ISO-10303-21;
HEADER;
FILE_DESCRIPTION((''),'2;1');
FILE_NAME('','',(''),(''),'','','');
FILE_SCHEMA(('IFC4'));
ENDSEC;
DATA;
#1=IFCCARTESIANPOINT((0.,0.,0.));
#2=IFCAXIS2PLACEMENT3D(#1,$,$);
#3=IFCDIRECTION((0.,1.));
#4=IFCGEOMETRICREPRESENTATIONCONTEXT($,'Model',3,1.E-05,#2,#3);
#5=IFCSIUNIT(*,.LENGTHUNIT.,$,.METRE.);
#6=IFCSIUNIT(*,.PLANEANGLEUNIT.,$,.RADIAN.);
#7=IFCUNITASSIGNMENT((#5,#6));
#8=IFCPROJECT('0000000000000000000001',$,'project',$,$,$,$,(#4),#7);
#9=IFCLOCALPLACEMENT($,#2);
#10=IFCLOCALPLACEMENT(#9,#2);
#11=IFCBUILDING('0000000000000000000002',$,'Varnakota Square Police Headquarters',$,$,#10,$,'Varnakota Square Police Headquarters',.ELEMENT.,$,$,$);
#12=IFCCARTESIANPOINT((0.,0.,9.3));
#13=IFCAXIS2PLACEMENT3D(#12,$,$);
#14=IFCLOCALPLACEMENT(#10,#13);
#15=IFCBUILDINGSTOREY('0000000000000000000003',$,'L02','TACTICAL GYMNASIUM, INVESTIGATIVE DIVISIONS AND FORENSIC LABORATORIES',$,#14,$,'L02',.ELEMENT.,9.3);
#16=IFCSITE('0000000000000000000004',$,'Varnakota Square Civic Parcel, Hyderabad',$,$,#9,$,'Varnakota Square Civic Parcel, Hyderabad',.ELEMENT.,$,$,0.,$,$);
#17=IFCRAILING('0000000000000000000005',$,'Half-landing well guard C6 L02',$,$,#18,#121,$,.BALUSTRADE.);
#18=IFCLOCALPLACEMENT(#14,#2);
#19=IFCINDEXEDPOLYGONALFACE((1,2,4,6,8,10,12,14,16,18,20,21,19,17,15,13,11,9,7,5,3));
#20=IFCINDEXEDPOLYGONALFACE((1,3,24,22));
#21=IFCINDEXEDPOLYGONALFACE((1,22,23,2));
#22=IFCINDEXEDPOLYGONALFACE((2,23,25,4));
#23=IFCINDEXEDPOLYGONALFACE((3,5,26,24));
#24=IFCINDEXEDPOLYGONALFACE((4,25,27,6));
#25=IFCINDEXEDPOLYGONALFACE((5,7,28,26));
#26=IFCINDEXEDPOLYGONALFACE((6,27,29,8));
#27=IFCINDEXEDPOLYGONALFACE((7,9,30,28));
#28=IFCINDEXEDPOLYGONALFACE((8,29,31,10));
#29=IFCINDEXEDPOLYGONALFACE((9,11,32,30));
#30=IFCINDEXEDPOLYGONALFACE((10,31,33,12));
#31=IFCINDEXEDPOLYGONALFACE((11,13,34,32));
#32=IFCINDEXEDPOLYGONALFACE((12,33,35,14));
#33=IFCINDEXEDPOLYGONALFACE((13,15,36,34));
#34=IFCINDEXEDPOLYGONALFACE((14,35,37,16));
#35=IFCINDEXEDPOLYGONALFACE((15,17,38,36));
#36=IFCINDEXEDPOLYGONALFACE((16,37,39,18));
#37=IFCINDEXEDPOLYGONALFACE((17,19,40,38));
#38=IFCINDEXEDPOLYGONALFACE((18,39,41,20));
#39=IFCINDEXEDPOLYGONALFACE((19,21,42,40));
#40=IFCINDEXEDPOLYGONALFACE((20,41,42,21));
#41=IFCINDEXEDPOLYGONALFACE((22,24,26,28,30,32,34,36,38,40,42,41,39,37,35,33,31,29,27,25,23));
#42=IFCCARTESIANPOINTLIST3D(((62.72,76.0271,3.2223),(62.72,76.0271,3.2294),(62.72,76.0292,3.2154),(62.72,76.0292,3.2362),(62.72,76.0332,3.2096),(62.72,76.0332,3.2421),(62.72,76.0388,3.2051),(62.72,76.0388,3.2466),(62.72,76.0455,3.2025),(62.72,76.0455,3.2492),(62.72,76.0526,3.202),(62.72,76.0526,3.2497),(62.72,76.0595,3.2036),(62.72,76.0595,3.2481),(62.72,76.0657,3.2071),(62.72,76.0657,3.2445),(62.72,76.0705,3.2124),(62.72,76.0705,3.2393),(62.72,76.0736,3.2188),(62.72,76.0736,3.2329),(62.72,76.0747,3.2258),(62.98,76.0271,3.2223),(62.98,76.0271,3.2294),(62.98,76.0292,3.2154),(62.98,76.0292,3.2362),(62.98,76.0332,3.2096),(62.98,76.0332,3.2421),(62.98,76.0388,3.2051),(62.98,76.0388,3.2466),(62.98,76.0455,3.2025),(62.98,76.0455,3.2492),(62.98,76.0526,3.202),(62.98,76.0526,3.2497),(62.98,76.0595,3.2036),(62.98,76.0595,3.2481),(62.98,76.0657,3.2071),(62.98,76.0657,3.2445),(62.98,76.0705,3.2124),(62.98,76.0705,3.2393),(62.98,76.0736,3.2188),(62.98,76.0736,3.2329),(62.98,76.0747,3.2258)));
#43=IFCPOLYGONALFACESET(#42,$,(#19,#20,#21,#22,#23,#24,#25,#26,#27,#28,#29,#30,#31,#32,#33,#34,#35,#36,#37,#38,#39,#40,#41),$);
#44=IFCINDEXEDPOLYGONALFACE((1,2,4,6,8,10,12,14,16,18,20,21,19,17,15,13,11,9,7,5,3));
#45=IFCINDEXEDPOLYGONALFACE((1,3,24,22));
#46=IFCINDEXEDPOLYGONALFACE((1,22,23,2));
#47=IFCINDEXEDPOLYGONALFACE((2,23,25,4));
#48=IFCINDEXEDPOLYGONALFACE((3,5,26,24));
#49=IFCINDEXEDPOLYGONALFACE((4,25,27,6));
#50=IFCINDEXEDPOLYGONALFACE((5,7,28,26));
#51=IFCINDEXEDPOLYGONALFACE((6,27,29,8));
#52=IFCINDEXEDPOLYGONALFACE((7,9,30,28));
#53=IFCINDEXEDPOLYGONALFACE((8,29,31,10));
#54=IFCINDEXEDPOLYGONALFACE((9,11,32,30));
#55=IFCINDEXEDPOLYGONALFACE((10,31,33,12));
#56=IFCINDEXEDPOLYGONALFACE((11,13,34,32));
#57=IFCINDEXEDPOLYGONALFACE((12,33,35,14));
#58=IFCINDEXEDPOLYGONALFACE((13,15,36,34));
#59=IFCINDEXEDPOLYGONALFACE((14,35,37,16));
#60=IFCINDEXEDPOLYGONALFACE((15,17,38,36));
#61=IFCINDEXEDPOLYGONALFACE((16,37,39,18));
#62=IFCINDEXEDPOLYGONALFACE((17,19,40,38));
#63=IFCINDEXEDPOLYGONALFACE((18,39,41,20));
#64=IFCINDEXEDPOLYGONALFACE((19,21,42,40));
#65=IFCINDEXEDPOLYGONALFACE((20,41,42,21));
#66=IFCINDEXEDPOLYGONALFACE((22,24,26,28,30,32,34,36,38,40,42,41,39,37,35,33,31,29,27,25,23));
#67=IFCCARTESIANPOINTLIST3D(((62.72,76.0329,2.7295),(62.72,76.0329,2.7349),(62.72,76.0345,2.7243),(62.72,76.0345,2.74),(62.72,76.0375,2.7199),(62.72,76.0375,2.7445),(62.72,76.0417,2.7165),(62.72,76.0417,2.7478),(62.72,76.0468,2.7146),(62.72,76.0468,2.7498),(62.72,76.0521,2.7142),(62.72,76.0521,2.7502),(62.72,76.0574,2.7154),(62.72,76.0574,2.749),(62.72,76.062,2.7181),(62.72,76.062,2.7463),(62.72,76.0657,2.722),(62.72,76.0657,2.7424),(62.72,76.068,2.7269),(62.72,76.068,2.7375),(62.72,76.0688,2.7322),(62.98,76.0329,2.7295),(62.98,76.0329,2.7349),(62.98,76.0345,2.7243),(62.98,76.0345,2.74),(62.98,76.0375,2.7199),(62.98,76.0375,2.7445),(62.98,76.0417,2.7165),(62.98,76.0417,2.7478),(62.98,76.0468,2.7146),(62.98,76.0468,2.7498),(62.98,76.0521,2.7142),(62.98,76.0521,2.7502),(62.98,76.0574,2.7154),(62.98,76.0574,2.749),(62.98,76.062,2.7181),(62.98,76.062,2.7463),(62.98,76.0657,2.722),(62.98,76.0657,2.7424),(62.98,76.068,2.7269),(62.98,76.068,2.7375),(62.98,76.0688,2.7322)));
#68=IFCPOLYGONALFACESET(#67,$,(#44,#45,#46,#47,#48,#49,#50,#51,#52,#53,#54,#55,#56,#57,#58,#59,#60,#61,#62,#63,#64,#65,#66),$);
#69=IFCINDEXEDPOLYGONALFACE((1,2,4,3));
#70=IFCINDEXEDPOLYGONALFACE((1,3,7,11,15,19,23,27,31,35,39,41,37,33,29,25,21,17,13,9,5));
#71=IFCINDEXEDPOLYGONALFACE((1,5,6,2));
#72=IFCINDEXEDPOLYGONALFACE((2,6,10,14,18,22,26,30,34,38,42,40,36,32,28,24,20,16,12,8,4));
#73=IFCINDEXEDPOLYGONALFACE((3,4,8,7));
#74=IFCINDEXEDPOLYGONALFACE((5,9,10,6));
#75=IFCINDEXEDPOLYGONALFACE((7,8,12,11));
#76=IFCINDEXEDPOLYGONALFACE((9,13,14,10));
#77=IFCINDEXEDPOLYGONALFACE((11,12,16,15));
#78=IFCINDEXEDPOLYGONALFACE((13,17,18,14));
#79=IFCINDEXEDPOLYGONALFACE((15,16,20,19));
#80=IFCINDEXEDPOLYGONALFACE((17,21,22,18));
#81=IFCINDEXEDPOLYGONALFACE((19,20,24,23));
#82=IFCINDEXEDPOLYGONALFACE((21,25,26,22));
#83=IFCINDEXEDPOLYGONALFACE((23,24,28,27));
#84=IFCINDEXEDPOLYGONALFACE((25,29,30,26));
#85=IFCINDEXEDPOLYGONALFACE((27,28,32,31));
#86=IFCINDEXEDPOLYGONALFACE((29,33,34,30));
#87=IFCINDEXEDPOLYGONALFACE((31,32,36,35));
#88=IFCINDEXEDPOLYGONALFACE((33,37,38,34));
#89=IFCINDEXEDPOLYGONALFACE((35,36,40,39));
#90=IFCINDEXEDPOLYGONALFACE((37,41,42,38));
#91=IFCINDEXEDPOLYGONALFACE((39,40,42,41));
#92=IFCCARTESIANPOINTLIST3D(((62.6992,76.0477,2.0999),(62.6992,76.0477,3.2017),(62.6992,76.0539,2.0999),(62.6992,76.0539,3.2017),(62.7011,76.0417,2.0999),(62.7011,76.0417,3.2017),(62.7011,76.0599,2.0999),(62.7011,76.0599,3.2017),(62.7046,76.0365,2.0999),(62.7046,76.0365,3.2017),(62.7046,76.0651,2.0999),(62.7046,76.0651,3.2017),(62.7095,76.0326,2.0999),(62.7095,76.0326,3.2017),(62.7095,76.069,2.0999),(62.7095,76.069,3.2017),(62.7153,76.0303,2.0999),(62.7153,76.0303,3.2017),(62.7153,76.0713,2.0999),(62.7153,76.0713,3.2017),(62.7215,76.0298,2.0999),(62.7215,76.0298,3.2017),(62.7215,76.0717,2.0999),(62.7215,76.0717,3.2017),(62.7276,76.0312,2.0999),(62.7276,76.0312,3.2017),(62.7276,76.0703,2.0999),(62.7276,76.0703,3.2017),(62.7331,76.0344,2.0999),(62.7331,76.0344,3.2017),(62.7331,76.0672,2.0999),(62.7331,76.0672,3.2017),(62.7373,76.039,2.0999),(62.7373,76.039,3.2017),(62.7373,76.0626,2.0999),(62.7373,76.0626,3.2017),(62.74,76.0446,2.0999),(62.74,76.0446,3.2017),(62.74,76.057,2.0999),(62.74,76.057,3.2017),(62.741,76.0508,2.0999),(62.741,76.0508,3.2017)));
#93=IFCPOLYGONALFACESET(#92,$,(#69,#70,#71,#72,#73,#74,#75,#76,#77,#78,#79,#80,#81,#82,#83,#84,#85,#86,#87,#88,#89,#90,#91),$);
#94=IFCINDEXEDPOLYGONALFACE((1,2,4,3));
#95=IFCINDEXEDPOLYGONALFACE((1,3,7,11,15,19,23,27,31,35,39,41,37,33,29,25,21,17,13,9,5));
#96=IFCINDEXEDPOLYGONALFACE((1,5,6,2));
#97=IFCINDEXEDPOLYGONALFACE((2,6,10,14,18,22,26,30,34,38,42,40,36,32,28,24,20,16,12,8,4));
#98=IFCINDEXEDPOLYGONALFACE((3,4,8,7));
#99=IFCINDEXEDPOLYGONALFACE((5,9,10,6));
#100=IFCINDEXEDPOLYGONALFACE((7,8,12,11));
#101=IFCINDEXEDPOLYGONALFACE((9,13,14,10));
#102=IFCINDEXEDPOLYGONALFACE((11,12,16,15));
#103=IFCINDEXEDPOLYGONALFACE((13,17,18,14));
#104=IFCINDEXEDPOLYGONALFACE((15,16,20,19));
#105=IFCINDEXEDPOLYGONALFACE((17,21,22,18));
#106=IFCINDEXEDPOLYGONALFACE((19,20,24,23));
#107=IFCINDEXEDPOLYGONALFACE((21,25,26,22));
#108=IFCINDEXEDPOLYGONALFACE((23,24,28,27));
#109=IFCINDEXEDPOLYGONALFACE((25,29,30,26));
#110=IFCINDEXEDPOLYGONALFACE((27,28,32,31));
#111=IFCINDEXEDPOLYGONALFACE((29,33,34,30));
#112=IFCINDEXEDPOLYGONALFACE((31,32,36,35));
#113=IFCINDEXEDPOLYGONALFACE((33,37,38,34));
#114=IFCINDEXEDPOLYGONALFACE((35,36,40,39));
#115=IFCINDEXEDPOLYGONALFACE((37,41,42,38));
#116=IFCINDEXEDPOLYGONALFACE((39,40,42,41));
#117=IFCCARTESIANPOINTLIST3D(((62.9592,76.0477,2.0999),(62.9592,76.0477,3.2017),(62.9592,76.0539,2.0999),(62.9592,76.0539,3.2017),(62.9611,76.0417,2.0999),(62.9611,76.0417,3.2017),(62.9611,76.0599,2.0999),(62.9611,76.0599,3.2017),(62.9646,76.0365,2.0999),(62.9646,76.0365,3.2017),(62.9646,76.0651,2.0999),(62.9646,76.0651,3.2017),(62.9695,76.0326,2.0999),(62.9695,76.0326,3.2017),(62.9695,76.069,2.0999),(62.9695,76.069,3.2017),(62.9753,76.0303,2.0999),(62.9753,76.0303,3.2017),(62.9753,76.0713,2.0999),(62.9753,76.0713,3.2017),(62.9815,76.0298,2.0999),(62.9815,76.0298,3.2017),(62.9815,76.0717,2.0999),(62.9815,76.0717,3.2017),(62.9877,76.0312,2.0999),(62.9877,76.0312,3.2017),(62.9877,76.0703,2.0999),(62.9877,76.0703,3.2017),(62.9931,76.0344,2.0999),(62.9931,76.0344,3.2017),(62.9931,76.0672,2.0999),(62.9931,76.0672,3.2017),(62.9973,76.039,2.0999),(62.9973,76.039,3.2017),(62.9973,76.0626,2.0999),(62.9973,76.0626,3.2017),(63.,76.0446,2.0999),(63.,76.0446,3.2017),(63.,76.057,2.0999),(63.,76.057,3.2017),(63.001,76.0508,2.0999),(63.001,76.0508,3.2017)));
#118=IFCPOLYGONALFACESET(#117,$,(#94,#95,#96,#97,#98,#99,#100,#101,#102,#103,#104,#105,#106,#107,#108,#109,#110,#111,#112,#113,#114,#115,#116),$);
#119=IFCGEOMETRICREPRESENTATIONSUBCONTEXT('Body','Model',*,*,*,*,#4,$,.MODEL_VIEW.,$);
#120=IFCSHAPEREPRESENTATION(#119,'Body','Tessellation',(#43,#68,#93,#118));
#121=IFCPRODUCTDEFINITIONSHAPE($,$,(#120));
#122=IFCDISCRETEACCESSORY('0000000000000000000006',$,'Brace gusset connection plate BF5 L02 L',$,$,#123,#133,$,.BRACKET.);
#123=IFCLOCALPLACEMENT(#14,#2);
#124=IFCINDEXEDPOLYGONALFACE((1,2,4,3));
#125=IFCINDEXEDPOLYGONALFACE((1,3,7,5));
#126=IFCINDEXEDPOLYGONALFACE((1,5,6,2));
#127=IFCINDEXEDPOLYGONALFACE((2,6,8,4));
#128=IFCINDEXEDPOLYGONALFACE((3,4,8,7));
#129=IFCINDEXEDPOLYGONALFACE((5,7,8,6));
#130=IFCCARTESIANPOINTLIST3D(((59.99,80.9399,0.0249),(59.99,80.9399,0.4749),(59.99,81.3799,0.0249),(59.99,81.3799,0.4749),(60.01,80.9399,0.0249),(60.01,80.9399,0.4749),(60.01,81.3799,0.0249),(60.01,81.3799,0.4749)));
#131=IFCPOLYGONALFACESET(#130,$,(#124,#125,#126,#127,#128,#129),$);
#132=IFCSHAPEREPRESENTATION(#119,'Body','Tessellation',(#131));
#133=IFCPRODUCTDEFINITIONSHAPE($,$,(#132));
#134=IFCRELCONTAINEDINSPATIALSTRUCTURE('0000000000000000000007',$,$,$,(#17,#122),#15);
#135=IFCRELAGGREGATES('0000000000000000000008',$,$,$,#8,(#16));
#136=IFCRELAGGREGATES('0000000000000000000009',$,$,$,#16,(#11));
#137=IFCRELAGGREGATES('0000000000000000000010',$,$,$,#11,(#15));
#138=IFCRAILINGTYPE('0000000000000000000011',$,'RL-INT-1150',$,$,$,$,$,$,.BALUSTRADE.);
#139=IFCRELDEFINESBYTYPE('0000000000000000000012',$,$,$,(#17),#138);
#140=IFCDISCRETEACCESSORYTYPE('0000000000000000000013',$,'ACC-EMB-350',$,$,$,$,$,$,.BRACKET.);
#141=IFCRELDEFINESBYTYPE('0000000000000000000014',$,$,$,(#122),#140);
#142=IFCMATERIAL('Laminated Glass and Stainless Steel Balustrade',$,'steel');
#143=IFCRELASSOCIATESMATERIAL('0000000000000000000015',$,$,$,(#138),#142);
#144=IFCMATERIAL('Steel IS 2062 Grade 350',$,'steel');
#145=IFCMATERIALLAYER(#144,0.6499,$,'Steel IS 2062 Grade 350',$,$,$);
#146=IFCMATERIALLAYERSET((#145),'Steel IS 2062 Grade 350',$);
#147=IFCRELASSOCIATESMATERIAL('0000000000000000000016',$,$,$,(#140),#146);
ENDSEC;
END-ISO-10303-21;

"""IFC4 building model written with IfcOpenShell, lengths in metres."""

from ifc_helpers import new_model, si_unit, direction, frame, origin, origin_2d, place, context, subcontext, project, spatial, rectangle, circle, extrude, material, layer, layer_set, type_object, element, save


model = new_model("IFC4")

# Units and contexts
model_context = context("Model", 3, precision=1e-05, world=origin(), true_north=direction((0.0, 1.0)))
body_context = subcontext(model_context, "Body", "Model", "MODEL_VIEW")
ifc_project = project(units=[si_unit("LENGTHUNIT", "METRE"), si_unit("PLANEANGLEUNIT", "RADIAN")], contexts=[model_context])

# Site, building, storey
site_placement = place(None, origin())
site = spatial("IfcSite", under=ifc_project, at=site_placement, Name="Varnakota Square Civic Parcel, Hyderabad", LongName="Varnakota Square Civic Parcel, Hyderabad", CompositionType="ELEMENT", RefElevation=0.0)
building_placement = place(site_placement, origin())
building = spatial("IfcBuilding", under=site, at=building_placement, Name="Varnakota Square Police Headquarters", LongName="Varnakota Square Police Headquarters", CompositionType="ELEMENT")
storey_placement = place(building_placement, frame((0.0, 0.0, 9.3)))
storey = spatial("IfcBuildingStorey", under=building, at=storey_placement, Name="L02", Description="TACTICAL GYMNASIUM, INVESTIGATIVE DIVISIONS AND FORENSIC LABORATORIES", LongName="L02", CompositionType="ELEMENT", Elevation=9.3)

# Shared definitions
ifc_material_1 = material(Name="Steel IS 2062 Grade 350", Category="steel")

# Railing
ifc_material_2 = material(Name="Laminated Glass and Stainless Steel Balustrade", Category="steel")
railing_type_1 = type_object("IfcRailingType", Name="RL-INT-1150", PredefinedType="BALUSTRADE", material=ifc_material_2)
railing_1_placement = place(storey_placement, frame((62.72, 76.0508, 2.0999)))
element("IfcRailing", 1, at=railing_1_placement, inside=storey, type_object=railing_type_1, Name="Half-landing well guard C6 L02", PredefinedType="BALUSTRADE", context=body_context, shape_type="SweptSolid", body=[
    extrude(circle(Radius=0.0239, at=origin_2d()), frame((0.0, 0.0, 1.126), z_axis=(1.0, 0.0, 0.0), x_axis=(0.0, 1.0, 0.0)), (0.0, 0.0, 1.0), 0.26),
    extrude(circle(Radius=0.0181, at=origin_2d()), frame((0.0, 0.0, 0.6323), z_axis=(1.0, 0.0, 0.0), x_axis=(0.0, 1.0, 0.0)), (0.0, 0.0, 1.0), 0.26),
    extrude(circle(Radius=0.021, at=origin_2d()), origin(), (0.0, 0.0, 1.0), 1.1018),
    extrude(circle(Radius=0.021, at=origin_2d()), frame((0.26, 0.0, 0.0)), (0.0, 0.0, 1.0), 1.1018),
])

# Discrete accessory
ifc_layer_1 = layer(ifc_material_1, 0.6499, Name="Steel IS 2062 Grade 350")
ifc_layer_set_1 = layer_set([ifc_layer_1], Name="Steel IS 2062 Grade 350")
discrete_accessory_type = type_object("IfcDiscreteAccessoryType", Name="ACC-EMB-350", PredefinedType="BRACKET", material=ifc_layer_set_1)
discrete_accessory_placement = place(storey_placement, frame((60.0, 81.1599, 0.0249), z_axis=(0.0, 0.0, 1.0), x_axis=(0.0, 1.0, 0.0)))
element("IfcDiscreteAccessory", 2, at=discrete_accessory_placement, inside=storey, type_object=discrete_accessory_type, Name="Brace gusset connection plate BF5 L02 L", PredefinedType="BRACKET", context=body_context, shape_type="SweptSolid", body=[
    extrude(rectangle(XDim=0.4399, YDim=0.02, at=origin_2d()), origin(), (0.0, 0.0, 1.0), 0.45),
])

save(model, "model.ifc")
